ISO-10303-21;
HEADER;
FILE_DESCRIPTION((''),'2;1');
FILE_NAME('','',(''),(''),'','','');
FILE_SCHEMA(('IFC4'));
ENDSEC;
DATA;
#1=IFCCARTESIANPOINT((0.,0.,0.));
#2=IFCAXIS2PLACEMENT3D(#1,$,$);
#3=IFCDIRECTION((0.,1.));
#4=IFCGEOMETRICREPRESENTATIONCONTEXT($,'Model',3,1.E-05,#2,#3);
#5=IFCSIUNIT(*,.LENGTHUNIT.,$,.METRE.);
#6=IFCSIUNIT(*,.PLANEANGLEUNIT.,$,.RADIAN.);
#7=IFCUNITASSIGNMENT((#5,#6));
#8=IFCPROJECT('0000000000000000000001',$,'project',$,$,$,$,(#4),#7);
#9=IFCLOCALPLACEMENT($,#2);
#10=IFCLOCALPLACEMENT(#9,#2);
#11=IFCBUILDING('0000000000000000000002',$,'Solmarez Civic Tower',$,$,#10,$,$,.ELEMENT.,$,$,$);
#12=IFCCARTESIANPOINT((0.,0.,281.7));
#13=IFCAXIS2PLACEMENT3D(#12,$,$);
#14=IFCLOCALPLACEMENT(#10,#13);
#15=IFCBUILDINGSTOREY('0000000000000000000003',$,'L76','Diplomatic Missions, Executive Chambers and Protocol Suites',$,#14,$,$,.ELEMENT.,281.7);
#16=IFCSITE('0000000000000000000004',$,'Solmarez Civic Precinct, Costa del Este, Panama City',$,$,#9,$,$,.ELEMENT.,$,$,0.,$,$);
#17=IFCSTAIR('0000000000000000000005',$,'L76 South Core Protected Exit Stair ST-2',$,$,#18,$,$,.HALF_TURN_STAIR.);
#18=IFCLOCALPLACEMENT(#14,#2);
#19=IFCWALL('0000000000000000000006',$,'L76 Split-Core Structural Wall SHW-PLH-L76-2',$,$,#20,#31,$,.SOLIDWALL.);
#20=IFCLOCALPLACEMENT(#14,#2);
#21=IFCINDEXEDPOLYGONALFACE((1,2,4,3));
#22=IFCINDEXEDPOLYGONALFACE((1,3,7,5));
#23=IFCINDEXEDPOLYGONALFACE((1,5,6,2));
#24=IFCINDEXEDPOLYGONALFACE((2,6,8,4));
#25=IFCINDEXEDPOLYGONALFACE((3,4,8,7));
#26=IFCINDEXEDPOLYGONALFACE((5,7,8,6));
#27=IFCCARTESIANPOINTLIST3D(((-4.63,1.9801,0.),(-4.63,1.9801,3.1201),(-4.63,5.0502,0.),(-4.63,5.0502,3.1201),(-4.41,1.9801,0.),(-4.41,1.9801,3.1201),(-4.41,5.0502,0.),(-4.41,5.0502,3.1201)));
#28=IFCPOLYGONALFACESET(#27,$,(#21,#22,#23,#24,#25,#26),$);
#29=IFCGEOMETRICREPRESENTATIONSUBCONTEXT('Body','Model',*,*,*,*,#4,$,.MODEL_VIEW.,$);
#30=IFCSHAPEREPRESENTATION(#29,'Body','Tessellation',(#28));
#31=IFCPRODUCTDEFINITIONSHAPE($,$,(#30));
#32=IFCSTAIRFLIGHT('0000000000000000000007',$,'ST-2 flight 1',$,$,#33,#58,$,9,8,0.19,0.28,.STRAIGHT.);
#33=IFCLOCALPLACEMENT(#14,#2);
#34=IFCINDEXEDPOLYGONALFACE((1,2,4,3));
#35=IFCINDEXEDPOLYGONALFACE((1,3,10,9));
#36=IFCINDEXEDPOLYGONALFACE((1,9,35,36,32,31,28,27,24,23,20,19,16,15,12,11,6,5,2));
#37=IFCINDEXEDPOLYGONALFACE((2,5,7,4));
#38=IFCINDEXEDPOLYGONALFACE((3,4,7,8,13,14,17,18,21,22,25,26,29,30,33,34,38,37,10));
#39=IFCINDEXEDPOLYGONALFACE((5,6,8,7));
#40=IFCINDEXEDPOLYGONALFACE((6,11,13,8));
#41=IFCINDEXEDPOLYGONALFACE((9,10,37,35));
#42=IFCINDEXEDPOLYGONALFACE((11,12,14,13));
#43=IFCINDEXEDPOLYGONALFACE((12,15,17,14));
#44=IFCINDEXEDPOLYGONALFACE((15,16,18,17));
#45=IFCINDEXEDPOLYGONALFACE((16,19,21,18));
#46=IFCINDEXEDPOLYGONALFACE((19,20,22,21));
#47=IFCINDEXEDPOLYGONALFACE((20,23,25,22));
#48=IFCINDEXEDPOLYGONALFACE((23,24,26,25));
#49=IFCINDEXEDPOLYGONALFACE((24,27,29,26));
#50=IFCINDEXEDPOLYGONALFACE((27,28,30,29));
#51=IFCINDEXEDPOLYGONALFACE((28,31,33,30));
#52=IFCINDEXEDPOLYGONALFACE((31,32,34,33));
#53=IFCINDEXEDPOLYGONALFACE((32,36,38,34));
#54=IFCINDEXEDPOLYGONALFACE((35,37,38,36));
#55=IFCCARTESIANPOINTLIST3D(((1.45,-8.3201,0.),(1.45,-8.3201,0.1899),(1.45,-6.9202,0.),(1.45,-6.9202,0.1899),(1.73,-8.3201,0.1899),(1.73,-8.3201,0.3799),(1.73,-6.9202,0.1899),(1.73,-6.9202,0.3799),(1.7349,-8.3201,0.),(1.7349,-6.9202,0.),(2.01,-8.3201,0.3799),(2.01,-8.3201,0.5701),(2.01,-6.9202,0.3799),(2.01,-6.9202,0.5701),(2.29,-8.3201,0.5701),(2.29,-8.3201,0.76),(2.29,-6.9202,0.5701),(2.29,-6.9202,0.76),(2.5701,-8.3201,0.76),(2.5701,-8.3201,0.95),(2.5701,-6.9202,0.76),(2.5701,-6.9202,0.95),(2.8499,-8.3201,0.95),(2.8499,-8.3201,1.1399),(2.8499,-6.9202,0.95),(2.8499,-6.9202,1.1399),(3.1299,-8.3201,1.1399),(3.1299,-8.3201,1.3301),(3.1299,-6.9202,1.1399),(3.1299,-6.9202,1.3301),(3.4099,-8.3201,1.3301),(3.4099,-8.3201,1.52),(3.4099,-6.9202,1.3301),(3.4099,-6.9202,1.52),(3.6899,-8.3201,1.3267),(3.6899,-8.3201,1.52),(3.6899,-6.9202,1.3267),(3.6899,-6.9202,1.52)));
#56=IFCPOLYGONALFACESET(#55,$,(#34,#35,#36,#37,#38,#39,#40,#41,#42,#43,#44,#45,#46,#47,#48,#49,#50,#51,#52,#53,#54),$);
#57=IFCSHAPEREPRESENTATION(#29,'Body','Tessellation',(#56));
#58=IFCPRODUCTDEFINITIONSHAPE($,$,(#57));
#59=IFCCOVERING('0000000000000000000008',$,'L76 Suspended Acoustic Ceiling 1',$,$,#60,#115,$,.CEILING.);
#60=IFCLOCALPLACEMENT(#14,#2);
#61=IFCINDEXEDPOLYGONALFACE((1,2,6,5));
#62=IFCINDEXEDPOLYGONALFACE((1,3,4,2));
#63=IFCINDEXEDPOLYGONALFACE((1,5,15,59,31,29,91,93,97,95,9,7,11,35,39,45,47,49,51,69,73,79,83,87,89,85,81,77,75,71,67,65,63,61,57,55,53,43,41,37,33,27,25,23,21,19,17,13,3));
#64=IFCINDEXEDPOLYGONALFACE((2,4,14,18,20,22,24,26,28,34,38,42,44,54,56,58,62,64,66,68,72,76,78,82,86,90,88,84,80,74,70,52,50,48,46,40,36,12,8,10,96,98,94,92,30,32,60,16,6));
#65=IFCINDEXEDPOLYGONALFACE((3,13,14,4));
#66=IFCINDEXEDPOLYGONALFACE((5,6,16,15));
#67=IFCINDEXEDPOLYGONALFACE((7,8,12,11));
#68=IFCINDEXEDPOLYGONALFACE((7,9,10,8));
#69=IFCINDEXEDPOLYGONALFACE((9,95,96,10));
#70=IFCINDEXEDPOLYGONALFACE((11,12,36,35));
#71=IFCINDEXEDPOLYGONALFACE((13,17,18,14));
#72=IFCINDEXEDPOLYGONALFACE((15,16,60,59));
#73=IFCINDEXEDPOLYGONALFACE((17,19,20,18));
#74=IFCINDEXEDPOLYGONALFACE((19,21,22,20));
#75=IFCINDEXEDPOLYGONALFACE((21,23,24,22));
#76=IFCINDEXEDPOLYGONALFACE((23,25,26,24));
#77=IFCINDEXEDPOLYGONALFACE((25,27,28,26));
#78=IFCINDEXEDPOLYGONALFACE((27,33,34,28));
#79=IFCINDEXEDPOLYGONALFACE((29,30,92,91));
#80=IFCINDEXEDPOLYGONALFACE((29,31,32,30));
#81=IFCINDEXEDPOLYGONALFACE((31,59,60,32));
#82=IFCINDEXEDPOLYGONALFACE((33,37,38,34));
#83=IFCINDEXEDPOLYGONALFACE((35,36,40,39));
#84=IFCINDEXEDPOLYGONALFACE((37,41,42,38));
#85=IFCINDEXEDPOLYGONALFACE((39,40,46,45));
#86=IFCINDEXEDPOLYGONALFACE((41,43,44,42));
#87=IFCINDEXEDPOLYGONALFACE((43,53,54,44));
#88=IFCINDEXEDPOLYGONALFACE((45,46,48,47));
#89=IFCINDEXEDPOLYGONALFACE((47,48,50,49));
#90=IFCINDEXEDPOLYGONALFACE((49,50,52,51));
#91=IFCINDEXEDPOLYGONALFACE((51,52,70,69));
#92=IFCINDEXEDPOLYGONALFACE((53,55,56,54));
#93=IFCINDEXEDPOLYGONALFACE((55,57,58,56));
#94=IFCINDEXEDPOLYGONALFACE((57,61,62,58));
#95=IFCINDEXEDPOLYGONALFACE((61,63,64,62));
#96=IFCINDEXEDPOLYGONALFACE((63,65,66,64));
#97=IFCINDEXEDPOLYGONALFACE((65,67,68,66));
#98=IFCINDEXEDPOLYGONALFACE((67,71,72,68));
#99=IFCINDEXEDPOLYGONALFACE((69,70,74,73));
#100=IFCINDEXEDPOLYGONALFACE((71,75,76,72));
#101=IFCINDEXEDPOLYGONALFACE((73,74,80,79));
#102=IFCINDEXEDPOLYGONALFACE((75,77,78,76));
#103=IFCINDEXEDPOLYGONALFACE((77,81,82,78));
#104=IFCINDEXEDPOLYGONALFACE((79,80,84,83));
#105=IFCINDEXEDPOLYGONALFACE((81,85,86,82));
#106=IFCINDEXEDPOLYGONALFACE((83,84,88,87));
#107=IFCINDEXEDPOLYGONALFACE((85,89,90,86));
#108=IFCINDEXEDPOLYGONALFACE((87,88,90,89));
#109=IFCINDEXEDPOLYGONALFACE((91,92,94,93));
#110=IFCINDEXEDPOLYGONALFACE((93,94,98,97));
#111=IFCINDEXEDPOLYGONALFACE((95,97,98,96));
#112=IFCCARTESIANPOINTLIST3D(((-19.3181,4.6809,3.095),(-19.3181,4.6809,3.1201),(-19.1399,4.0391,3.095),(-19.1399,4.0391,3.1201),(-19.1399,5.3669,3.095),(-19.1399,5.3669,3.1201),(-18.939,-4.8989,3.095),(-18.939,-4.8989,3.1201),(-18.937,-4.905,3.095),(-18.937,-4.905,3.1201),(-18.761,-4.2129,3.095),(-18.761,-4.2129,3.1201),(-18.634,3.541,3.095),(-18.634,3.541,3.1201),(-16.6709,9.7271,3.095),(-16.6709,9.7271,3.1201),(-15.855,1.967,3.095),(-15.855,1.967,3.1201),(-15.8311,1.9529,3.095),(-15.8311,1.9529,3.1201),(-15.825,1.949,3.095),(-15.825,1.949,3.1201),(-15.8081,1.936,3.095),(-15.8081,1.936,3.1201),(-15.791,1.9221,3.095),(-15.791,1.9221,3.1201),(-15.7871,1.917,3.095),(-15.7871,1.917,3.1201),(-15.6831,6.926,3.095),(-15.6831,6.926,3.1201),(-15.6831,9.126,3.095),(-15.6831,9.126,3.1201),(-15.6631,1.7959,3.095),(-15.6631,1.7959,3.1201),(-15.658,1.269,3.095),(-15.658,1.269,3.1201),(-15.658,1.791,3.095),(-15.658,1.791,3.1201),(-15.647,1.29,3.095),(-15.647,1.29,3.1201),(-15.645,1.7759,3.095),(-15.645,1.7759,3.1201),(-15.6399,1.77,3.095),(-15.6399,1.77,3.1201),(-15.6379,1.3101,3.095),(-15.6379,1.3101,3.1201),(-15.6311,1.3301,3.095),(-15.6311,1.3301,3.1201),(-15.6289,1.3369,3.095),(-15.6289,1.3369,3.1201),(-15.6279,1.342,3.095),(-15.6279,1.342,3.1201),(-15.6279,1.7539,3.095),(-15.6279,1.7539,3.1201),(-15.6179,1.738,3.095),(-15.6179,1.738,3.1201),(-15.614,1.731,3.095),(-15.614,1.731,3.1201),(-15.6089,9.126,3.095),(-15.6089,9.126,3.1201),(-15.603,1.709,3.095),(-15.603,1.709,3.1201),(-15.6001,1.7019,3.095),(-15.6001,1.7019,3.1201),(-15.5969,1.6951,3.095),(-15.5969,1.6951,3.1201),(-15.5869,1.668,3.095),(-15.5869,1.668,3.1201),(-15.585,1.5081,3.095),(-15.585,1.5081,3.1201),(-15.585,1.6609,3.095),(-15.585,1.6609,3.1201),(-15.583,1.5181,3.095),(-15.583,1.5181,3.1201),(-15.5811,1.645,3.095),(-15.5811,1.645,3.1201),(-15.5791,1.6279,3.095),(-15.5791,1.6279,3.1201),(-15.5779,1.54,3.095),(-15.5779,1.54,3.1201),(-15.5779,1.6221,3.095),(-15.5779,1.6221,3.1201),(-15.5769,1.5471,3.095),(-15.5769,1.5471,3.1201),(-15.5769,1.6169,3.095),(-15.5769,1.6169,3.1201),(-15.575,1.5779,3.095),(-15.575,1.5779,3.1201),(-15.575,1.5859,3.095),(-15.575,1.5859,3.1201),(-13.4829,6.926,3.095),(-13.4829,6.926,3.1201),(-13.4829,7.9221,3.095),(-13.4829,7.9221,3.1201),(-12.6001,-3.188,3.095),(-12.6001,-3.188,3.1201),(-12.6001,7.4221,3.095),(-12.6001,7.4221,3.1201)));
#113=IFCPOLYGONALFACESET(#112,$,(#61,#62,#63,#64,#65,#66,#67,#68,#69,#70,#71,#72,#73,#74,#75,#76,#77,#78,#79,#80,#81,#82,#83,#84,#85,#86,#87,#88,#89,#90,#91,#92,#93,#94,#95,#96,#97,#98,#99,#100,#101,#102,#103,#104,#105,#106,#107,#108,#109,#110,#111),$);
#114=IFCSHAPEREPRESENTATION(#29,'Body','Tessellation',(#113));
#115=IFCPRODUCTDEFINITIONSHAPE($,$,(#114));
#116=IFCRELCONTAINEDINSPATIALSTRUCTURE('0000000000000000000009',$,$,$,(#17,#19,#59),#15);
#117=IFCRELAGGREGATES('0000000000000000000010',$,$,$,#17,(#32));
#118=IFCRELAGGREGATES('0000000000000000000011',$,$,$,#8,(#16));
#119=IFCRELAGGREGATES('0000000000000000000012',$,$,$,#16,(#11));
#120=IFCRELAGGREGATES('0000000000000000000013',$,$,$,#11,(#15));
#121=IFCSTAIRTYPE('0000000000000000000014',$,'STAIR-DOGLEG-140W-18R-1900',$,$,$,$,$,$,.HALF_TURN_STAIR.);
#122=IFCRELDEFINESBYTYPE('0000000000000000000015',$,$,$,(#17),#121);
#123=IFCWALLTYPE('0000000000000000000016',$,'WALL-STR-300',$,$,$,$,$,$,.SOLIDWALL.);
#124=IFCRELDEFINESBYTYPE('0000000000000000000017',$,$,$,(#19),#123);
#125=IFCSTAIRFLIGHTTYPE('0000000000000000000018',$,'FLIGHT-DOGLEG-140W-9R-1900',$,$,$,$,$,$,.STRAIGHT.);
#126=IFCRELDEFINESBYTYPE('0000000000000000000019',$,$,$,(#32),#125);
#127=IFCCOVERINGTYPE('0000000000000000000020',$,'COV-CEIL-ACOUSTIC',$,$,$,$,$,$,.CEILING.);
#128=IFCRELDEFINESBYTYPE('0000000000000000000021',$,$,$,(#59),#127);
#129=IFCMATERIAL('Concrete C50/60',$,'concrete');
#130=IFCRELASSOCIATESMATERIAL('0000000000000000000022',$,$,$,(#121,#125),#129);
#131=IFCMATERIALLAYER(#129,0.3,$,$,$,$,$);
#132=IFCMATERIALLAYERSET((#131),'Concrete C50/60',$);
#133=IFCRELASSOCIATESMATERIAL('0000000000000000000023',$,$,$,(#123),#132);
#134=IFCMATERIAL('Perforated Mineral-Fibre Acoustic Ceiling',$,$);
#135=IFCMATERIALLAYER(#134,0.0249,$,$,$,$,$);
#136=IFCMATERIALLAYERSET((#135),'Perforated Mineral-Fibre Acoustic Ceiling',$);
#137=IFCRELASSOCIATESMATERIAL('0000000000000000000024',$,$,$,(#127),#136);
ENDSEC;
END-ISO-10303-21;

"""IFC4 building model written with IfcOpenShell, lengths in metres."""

from ifc_helpers import new_model, si_unit, direction, frame, frame_2d, origin, place, context, subcontext, project, spatial, polyline, rectangle, outline, extrude, material, layer, layer_set, type_object, element, aggregate, save


model = new_model("IFC4")

# Units and contexts
model_context = context("Model", 3, precision=1e-05, world=origin(), true_north=direction((0.0, 1.0)))
body_context = subcontext(model_context, "Body", "Model", "MODEL_VIEW")
ifc_project = project(units=[si_unit("LENGTHUNIT", "METRE"), si_unit("PLANEANGLEUNIT", "RADIAN")], contexts=[model_context])

# Site, building, storey
site_placement = place(None, origin())
site = spatial("IfcSite", under=ifc_project, at=site_placement, Name="Solmarez Civic Precinct, Costa del Este, Panama City", CompositionType="ELEMENT", RefElevation=0.0)
building_placement = place(site_placement, origin())
building = spatial("IfcBuilding", under=site, at=building_placement, Name="Solmarez Civic Tower", CompositionType="ELEMENT")
storey_placement = place(building_placement, frame((0.0, 0.0, 281.7)))
storey = spatial("IfcBuildingStorey", under=building, at=storey_placement, Name="L76", Description="Diplomatic Missions, Executive Chambers and Protocol Suites", CompositionType="ELEMENT", Elevation=281.7)

# Shared definitions
ifc_material_1 = material(Name="Concrete C50/60", Category="concrete")

# Stair
stair_type = type_object("IfcStairType", Name="STAIR-DOGLEG-140W-18R-1900", PredefinedType="HALF_TURN_STAIR", material=ifc_material_1)
stair_1_placement = place(storey_placement, origin())
stair_1 = element("IfcStair", 1, at=stair_1_placement, inside=storey, type_object=stair_type, Name="L76 South Core Protected Exit Stair ST-2", PredefinedType="HALF_TURN_STAIR")

# Shared definitions
ifc_layer_1 = layer(ifc_material_1, 0.3)
ifc_layer_set_1 = layer_set([ifc_layer_1], Name="Concrete C50/60")
wall_type_1 = type_object("IfcWallType", Name="WALL-STR-300", PredefinedType="SOLIDWALL", material=ifc_layer_set_1)

# Wall
for number, where, z_axis, x_axis, name in (
    (2, (-4.52, 1.98, 0.0), (0.0, 0.0, 1.0), (0.0, 1.0, 0.0), "L76 Split-Core Structural Wall SHW-PLH-L76-2"),
):
    element("IfcWall", number, at=place(storey_placement, frame(where, z_axis=z_axis, x_axis=x_axis)), inside=storey, type_object=wall_type_1, Name=name, PredefinedType="SOLIDWALL", context=body_context, shape_type="SweptSolid", body=[
        extrude(rectangle(XDim=3.0701, YDim=0.22, at=frame_2d((1.5352, 0.0))), origin(), (0.0, 0.0, 1.0), 3.1201),
    ])

# Stair flight
stair_flight_type = type_object("IfcStairFlightType", Name="FLIGHT-DOGLEG-140W-9R-1900", PredefinedType="STRAIGHT", material=ifc_material_1)
stair_flight_placement = place(storey_placement, frame((1.45, -7.6201, 0.0), z_axis=(0.0, 0.0, 1.0), x_axis=(1.0, 0.0, 0.0)))
stair_flight = element("IfcStairFlight", 3, at=stair_flight_placement, type_object=stair_flight_type, Name="ST-2 flight 1", NumberOfRisers=9, NumberOfTreads=8, PredefinedType="STRAIGHT", RiserHeight=0.19, TreadLength=0.28, context=body_context, shape_type="SweptSolid", body=[
    extrude(outline(polyline([(0.0, 0.0), (0.0, 0.1899), (0.28, 0.1899), (0.28, 0.3799), (0.5601, 0.3799), (0.5601, 0.5701), (0.8401, 0.5701), (0.8401, 0.76), (1.1201, 0.76), (1.1201, 0.95), (1.3999, 0.95), (1.3999, 1.1399), (1.6799, 1.1399), (1.6799, 1.3301), (1.96, 1.3301), (1.96, 1.52), (2.24, 1.52), (2.24, 1.71), (2.24, 1.3267), (0.2849, 0.0), (0.0, 0.0)])), frame((0.0, 0.7, 0.0), z_axis=(0.0, -1.0, 0.0), x_axis=(1.0, 0.0, 0.0)), (0.0, 0.0, 1.0), 1.3999),
])
aggregate(stair_1, [stair_flight])

# Covering
ifc_material_2 = material(Name="Perforated Mineral-Fibre Acoustic Ceiling")
ifc_layer_2 = layer(ifc_material_2, 0.0249)
ifc_layer_set_2 = layer_set([ifc_layer_2], Name="Perforated Mineral-Fibre Acoustic Ceiling")
covering_type_1 = type_object("IfcCoveringType", Name="COV-CEIL-ACOUSTIC", PredefinedType="CEILING", material=ifc_layer_set_2)
covering_1_placement = place(storey_placement, frame((0.0, 0.0, 3.095)))
element("IfcCovering", 4, at=covering_1_placement, inside=storey, type_object=covering_type_1, Name="L76 Suspended Acoustic Ceiling 1", PredefinedType="CEILING", context=body_context, shape_type="SweptSolid", body=[
    extrude(outline(polyline([(-12.6001, -3.188), (-12.6001, 7.4221), (-13.4829, 7.9221), (-13.4829, 6.926), (-15.6831, 6.926), (-15.6831, 9.126), (-15.6089, 9.126), (-16.6709, 9.7271), (-19.1399, 5.3669), (-19.3181, 4.6809), (-19.1399, 4.0391), (-18.634, 3.541), (-15.855, 1.967), (-15.8311, 1.9529), (-15.825, 1.949), (-15.8081, 1.936), (-15.791, 1.9221), (-15.7871, 1.917), (-15.6631, 1.7959), (-15.658, 1.791), (-15.645, 1.7759), (-15.6399, 1.77), (-15.6279, 1.7539), (-15.6179, 1.738), (-15.614, 1.731), (-15.603, 1.709), (-15.6001, 1.7019), (-15.5969, 1.6951), (-15.5869, 1.668), (-15.585, 1.6609), (-15.5811, 1.645), (-15.5791, 1.6279), (-15.5779, 1.6221), (-15.5769, 1.6169), (-15.575, 1.5859), (-15.575, 1.5779), (-15.5769, 1.5471), (-15.5779, 1.54), (-15.583, 1.5181), (-15.585, 1.5081), (-15.6279, 1.342), (-15.6289, 1.3369), (-15.6311, 1.3301), (-15.6379, 1.3101), (-15.647, 1.29), (-15.658, 1.269), (-18.761, -4.2129), (-18.939, -4.8989), (-18.937, -4.905), (-12.6001, -3.188)])), origin(), (0.0, 0.0, 1.0), 0.0251),
])

save(model, "model.ifc")
